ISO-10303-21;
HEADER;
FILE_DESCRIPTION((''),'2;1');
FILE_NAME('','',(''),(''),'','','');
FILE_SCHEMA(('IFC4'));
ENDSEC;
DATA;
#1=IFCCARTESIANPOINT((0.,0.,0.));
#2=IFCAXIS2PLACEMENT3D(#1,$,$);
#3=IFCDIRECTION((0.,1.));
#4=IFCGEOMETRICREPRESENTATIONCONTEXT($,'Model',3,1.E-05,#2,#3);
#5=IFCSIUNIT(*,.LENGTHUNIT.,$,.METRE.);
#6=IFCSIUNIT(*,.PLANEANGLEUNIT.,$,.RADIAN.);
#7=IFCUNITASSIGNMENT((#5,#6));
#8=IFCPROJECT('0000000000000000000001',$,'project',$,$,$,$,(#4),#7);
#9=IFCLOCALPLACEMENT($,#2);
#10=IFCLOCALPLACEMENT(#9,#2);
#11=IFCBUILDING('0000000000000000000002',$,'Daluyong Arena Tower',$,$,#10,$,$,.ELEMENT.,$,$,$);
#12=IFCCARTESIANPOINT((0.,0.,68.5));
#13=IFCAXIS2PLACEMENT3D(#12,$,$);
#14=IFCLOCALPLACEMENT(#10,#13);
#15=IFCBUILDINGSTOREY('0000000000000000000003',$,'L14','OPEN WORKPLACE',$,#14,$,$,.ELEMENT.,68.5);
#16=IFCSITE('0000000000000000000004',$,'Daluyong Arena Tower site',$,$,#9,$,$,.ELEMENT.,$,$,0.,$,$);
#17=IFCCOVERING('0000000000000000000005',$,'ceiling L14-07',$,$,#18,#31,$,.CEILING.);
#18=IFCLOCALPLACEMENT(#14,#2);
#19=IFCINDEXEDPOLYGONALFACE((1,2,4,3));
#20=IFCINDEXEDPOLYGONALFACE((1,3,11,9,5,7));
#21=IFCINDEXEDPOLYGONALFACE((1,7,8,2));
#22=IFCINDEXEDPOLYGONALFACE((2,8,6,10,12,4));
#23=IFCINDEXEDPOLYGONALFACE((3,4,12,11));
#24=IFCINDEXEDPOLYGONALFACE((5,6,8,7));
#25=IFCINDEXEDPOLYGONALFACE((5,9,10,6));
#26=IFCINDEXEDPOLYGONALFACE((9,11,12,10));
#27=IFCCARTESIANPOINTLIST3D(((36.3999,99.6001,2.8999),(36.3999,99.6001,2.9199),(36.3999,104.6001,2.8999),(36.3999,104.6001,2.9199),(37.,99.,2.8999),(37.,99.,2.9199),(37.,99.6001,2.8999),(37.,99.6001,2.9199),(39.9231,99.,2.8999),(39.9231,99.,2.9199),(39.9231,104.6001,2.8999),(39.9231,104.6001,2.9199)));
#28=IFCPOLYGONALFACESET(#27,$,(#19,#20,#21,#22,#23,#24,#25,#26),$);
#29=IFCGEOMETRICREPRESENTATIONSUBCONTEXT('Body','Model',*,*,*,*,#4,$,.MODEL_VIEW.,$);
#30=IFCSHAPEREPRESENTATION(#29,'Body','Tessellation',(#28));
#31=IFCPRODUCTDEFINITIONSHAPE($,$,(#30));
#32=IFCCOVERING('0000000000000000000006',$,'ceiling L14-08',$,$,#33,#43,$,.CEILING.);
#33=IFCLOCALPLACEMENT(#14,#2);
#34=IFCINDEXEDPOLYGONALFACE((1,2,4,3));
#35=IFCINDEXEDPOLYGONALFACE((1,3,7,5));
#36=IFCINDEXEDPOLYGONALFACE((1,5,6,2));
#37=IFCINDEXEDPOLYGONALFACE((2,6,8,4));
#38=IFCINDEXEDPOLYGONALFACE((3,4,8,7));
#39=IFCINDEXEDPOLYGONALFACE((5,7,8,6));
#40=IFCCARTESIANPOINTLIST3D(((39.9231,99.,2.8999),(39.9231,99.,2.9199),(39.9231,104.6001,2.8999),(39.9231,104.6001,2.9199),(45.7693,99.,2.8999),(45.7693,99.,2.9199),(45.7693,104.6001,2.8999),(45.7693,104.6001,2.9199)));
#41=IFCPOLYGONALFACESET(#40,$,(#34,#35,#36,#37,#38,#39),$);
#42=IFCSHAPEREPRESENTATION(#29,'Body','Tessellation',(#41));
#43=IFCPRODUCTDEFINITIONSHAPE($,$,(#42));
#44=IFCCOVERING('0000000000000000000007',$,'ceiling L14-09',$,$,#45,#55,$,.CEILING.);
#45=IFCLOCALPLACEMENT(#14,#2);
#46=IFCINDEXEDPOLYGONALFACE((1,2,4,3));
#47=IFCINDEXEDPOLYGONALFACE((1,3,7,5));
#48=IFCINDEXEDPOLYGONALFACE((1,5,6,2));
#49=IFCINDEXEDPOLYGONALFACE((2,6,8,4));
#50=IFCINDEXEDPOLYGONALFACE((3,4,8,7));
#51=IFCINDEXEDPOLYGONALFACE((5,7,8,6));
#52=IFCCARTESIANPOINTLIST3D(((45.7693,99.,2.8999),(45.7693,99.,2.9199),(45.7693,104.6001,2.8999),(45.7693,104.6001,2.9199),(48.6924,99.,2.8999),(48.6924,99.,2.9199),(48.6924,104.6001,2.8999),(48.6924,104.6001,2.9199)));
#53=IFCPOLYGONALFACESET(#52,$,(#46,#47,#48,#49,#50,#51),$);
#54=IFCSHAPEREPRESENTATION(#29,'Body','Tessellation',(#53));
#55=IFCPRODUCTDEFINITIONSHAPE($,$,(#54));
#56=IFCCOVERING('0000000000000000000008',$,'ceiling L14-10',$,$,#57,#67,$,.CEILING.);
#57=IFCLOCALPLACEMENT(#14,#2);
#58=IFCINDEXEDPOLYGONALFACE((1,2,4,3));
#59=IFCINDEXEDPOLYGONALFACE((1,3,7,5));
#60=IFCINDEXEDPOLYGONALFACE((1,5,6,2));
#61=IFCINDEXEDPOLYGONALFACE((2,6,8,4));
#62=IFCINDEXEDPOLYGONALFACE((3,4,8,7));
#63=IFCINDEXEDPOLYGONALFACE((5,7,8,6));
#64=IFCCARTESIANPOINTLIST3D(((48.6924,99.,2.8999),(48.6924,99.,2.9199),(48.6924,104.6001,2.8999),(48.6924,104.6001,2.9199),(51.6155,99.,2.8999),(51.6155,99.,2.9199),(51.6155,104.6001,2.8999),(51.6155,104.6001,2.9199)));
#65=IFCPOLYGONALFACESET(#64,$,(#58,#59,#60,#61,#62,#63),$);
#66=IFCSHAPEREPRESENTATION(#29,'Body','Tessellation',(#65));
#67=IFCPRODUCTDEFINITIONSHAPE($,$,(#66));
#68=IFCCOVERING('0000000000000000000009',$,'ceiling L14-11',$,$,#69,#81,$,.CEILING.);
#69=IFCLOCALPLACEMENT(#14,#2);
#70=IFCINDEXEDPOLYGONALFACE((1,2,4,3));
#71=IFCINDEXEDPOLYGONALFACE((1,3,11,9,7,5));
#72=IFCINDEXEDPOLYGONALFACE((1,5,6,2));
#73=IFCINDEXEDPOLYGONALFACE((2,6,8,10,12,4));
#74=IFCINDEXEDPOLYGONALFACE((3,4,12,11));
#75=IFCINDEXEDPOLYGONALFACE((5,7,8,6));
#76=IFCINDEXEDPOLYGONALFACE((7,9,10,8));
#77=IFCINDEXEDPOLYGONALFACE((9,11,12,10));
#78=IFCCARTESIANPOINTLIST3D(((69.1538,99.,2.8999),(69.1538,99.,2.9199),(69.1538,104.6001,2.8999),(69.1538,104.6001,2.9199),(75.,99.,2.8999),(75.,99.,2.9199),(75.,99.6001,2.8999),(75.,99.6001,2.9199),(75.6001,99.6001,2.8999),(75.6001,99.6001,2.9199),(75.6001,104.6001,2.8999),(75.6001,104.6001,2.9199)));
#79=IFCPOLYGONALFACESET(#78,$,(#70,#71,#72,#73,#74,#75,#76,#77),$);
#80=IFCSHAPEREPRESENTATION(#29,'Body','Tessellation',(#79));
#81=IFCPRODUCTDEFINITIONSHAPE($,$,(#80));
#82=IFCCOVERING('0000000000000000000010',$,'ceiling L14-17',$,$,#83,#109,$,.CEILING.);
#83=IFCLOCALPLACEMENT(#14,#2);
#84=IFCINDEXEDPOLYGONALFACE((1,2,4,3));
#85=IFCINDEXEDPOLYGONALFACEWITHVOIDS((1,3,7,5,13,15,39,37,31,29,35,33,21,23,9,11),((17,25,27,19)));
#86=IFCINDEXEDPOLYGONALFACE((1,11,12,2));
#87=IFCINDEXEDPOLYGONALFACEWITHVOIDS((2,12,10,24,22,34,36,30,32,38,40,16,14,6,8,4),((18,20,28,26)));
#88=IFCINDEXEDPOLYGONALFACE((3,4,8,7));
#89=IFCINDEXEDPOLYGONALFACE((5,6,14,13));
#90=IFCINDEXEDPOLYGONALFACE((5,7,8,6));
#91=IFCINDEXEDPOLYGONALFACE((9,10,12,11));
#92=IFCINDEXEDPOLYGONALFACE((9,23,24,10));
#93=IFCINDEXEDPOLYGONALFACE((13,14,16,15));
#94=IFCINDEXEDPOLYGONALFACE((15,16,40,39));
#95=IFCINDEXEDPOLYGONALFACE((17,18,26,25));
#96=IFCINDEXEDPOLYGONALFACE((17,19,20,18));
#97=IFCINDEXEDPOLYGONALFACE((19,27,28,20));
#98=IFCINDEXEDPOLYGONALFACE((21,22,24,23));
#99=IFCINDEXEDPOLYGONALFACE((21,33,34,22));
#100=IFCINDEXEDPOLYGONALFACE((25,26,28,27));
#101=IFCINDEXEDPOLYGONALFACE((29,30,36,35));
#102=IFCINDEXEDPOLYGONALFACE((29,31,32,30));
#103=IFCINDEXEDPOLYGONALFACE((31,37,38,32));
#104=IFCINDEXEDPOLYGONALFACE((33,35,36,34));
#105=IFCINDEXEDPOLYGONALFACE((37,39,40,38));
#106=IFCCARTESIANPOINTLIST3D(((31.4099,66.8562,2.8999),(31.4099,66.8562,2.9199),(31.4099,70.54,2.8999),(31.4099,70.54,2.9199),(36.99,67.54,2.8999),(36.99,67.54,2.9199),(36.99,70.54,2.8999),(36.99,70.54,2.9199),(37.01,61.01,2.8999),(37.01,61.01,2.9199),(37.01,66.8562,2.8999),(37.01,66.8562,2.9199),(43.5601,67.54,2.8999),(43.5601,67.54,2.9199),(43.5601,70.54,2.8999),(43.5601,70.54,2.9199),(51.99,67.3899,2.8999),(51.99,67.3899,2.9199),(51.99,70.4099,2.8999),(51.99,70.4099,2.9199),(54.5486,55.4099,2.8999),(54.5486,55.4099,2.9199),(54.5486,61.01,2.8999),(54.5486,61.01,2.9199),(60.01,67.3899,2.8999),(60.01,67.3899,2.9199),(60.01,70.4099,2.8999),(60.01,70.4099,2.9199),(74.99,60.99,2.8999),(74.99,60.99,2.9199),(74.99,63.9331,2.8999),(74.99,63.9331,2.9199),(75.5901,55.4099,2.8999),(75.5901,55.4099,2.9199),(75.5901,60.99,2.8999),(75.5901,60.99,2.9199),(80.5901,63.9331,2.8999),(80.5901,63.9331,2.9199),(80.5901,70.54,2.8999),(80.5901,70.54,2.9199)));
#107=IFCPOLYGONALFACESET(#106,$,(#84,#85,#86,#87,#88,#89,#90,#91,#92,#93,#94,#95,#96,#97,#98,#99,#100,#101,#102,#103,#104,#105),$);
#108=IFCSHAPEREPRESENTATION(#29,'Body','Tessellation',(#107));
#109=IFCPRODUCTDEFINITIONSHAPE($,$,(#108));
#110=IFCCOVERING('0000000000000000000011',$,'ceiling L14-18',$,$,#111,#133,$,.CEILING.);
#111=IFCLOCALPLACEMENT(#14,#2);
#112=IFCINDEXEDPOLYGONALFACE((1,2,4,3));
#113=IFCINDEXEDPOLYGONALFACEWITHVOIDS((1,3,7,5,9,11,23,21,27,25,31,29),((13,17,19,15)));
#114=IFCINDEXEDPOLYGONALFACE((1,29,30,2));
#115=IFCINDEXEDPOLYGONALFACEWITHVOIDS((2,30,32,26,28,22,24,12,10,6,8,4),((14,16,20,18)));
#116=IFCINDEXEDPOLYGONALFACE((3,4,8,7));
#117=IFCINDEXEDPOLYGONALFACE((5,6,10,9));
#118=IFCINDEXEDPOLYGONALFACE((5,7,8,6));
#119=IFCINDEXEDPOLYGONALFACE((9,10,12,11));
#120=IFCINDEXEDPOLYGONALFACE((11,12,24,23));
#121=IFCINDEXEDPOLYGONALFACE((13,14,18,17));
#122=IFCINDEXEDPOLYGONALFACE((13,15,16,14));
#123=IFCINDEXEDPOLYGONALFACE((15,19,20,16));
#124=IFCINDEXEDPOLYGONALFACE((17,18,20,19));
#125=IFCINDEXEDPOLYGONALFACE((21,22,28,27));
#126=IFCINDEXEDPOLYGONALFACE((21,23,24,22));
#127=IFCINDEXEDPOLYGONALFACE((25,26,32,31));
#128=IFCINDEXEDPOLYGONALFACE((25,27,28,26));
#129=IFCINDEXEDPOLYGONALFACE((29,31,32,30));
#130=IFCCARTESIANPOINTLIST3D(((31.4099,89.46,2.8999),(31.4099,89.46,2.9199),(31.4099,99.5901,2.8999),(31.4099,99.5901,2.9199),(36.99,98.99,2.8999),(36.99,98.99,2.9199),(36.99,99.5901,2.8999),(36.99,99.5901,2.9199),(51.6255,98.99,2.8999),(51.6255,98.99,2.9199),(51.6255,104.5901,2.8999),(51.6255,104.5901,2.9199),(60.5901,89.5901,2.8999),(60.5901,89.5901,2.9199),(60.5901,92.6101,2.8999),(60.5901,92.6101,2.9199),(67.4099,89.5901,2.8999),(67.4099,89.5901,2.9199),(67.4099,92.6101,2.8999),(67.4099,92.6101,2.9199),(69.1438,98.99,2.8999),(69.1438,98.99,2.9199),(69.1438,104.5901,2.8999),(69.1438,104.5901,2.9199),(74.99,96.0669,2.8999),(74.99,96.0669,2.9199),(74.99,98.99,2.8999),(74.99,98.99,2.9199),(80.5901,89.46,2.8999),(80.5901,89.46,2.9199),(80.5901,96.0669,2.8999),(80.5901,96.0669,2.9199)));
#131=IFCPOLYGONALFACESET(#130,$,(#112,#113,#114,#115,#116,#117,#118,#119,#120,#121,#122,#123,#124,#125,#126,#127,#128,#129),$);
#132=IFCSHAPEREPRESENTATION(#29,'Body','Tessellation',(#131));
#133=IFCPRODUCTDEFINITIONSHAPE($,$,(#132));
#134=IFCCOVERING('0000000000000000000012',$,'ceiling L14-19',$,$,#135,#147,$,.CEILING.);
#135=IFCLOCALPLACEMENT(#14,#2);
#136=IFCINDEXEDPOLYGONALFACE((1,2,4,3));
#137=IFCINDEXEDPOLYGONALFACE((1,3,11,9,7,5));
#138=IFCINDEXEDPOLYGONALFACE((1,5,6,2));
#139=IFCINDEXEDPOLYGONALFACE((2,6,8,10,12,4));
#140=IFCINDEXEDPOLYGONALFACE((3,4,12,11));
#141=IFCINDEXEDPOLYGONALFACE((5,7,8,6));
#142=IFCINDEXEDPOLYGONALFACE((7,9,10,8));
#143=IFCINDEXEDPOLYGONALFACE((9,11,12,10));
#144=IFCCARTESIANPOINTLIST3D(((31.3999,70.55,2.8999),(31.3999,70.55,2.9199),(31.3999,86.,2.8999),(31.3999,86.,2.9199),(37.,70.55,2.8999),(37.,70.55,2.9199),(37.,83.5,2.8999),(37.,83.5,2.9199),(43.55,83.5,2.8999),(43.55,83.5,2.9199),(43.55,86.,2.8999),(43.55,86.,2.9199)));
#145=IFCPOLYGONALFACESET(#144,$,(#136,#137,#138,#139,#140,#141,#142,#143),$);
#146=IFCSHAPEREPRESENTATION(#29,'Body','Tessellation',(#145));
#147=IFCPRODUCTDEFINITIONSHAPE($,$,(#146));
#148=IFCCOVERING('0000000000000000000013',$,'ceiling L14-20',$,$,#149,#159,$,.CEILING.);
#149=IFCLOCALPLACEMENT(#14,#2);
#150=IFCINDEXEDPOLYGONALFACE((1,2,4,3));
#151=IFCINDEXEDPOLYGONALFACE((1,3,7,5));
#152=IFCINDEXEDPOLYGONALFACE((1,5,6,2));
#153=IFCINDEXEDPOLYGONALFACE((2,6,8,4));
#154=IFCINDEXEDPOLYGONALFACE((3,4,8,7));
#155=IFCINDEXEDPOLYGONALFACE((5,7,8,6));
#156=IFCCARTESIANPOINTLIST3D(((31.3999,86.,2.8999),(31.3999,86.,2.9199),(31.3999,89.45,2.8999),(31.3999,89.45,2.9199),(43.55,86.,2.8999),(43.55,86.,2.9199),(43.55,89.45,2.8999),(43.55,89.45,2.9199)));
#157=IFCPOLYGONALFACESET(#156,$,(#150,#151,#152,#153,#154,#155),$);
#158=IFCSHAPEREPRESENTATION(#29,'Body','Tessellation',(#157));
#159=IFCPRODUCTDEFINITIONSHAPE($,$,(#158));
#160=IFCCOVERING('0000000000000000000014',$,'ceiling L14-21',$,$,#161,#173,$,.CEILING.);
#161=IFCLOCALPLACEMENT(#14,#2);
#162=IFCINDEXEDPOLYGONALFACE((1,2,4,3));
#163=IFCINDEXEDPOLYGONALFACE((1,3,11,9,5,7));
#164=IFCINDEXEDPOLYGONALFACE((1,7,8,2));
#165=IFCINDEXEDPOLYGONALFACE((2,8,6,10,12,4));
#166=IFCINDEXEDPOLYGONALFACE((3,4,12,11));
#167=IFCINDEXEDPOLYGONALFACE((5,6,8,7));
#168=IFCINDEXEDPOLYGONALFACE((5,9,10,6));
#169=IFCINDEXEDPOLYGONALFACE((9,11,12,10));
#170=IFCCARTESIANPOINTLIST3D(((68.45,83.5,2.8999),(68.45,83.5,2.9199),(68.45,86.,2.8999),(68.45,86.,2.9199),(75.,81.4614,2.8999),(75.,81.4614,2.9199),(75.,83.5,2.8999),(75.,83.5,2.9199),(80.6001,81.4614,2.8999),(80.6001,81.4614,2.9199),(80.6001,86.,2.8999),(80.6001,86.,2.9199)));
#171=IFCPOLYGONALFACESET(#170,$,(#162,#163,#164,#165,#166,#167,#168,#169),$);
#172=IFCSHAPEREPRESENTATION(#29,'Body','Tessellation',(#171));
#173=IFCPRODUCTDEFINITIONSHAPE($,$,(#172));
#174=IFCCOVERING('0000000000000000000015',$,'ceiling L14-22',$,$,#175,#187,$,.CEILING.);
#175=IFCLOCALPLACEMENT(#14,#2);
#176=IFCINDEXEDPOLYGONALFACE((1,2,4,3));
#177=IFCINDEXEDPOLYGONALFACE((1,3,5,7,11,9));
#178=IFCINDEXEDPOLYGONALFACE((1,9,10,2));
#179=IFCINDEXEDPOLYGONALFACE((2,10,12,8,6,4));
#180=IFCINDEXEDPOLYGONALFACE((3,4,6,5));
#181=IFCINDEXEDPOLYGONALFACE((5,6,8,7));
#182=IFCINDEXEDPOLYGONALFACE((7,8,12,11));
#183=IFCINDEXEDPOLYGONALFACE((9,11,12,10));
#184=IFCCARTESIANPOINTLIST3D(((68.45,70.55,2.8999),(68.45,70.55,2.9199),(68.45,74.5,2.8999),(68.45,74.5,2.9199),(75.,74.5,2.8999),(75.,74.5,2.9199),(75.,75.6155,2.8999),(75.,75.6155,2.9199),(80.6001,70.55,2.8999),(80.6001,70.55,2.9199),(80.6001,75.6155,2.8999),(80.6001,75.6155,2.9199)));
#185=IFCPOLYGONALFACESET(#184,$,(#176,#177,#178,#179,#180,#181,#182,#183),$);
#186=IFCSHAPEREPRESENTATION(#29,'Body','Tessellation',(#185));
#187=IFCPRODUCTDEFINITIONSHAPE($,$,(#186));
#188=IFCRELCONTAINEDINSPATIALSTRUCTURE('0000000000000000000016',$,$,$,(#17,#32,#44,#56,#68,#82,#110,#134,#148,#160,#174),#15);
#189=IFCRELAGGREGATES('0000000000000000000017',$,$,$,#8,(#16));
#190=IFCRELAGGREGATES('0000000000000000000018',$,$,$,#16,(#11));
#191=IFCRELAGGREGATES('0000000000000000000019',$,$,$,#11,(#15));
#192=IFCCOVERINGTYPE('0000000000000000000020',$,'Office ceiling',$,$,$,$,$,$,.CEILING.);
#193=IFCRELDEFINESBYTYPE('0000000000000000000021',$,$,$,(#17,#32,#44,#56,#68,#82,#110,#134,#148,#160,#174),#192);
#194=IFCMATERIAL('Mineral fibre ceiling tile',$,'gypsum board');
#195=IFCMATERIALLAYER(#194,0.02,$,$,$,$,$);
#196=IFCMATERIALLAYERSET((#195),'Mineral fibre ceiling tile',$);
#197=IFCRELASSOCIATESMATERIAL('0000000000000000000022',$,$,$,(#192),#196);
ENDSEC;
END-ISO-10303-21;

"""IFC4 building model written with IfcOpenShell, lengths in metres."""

from ifc_helpers import new_model, si_unit, direction, frame, origin, place, context, subcontext, project, spatial, polyline, outline, extrude, material, layer, layer_set, type_object, element, save


model = new_model("IFC4")

# Units and contexts
model_context = context("Model", 3, precision=1e-05, world=origin(), true_north=direction((0.0, 1.0)))
body_context = subcontext(model_context, "Body", "Model", "MODEL_VIEW")
ifc_project = project(units=[si_unit("LENGTHUNIT", "METRE"), si_unit("PLANEANGLEUNIT", "RADIAN")], contexts=[model_context])

# Site, building, storey
site_placement = place(None, origin())
site = spatial("IfcSite", under=ifc_project, at=site_placement, Name="Daluyong Arena Tower site", CompositionType="ELEMENT", RefElevation=0.0)
building_placement = place(site_placement, origin())
building = spatial("IfcBuilding", under=site, at=building_placement, Name="Daluyong Arena Tower", CompositionType="ELEMENT")
storey_placement = place(building_placement, frame((0.0, 0.0, 68.5)))
storey = spatial("IfcBuildingStorey", under=building, at=storey_placement, Name="L14", Description="OPEN WORKPLACE", CompositionType="ELEMENT", Elevation=68.5)

# Coverings
ifc_material_1 = material(Name="Mineral fibre ceiling tile", Category="gypsum board")
ifc_layer_1 = layer(ifc_material_1, 0.02)
ifc_layer_set_1 = layer_set([ifc_layer_1], Name="Mineral fibre ceiling tile")
covering_type = type_object("IfcCoveringType", Name="Office ceiling", PredefinedType="CEILING", material=ifc_layer_set_1)
covering_1_placement = place(storey_placement, frame((0.0, 0.0, 2.8999)))
element("IfcCovering", 1, at=covering_1_placement, inside=storey, type_object=covering_type, Name="ceiling L14-07", PredefinedType="CEILING", context=body_context, shape_type="SweptSolid", body=[
    extrude(outline(polyline([(39.9231, 99.0), (39.9231, 104.6001), (36.3999, 104.6001), (36.3999, 99.6001), (37.0, 99.6001), (37.0, 99.0), (39.9231, 99.0)])), origin(), (0.0, 0.0, 1.0), 0.02),
])
covering_2_placement = place(storey_placement, frame((0.0, 0.0, 2.8999)))
element("IfcCovering", 2, at=covering_2_placement, inside=storey, type_object=covering_type, Name="ceiling L14-08", PredefinedType="CEILING", context=body_context, shape_type="SweptSolid", body=[
    extrude(outline(polyline([(45.7693, 99.0), (45.7693, 104.6001), (39.9231, 104.6001), (39.9231, 99.0), (45.7693, 99.0)])), origin(), (0.0, 0.0, 1.0), 0.02),
])
covering_3_placement = place(storey_placement, frame((0.0, 0.0, 2.8999)))
element("IfcCovering", 3, at=covering_3_placement, inside=storey, type_object=covering_type, Name="ceiling L14-09", PredefinedType="CEILING", context=body_context, shape_type="SweptSolid", body=[
    extrude(outline(polyline([(48.6924, 99.0), (48.6924, 104.6001), (45.7693, 104.6001), (45.7693, 99.0), (48.6924, 99.0)])), origin(), (0.0, 0.0, 1.0), 0.02),
])
covering_4_placement = place(storey_placement, frame((0.0, 0.0, 2.8999)))
element("IfcCovering", 4, at=covering_4_placement, inside=storey, type_object=covering_type, Name="ceiling L14-10", PredefinedType="CEILING", context=body_context, shape_type="SweptSolid", body=[
    extrude(outline(polyline([(51.6155, 99.0), (51.6155, 104.6001), (48.6924, 104.6001), (48.6924, 99.0), (51.6155, 99.0)])), origin(), (0.0, 0.0, 1.0), 0.02),
])
covering_5_placement = place(storey_placement, frame((0.0, 0.0, 2.8999)))
element("IfcCovering", 5, at=covering_5_placement, inside=storey, type_object=covering_type, Name="ceiling L14-11", PredefinedType="CEILING", context=body_context, shape_type="SweptSolid", body=[
    extrude(outline(polyline([(69.1538, 99.0), (75.0, 99.0), (75.0, 99.6001), (75.6001, 99.6001), (75.6001, 104.6001), (69.1538, 104.6001), (69.1538, 99.0)])), origin(), (0.0, 0.0, 1.0), 0.02),
])
covering_6_placement = place(storey_placement, frame((0.0, 0.0, 2.8999)))
element("IfcCovering", 6, at=covering_6_placement, inside=storey, type_object=covering_type, Name="ceiling L14-17", PredefinedType="CEILING", context=body_context, shape_type="SweptSolid", body=[
    extrude(outline(polyline([(37.01, 61.01), (54.5486, 61.01), (54.5486, 55.4099), (75.5901, 55.4099), (75.5901, 60.99), (74.99, 60.99), (74.99, 63.9331), (80.5901, 63.9331), (80.5901, 70.54), (43.5601, 70.54), (43.5601, 67.54), (36.99, 67.54), (36.99, 70.54), (31.4099, 70.54), (31.4099, 66.8562), (37.01, 66.8562), (37.01, 61.01)]), holes=[polyline([(60.01, 67.3899), (51.99, 67.3899), (51.99, 70.4099), (60.01, 70.4099), (60.01, 67.3899)])]), origin(), (0.0, 0.0, 1.0), 0.02),
])
covering_7_placement = place(storey_placement, frame((0.0, 0.0, 2.8999)))
element("IfcCovering", 7, at=covering_7_placement, inside=storey, type_object=covering_type, Name="ceiling L14-18", PredefinedType="CEILING", context=body_context, shape_type="SweptSolid", body=[
    extrude(outline(polyline([(51.6255, 98.99), (36.99, 98.99), (36.99, 99.5901), (31.4099, 99.5901), (31.4099, 89.46), (80.5901, 89.46), (80.5901, 96.0669), (74.99, 96.0669), (74.99, 98.99), (69.1438, 98.99), (69.1438, 104.5901), (51.6255, 104.5901), (51.6255, 98.99)]), holes=[polyline([(67.4099, 89.5901), (60.5901, 89.5901), (60.5901, 92.6101), (67.4099, 92.6101), (67.4099, 89.5901)])]), origin(), (0.0, 0.0, 1.0), 0.02),
])
covering_8_placement = place(storey_placement, frame((0.0, 0.0, 2.8999)))
element("IfcCovering", 8, at=covering_8_placement, inside=storey, type_object=covering_type, Name="ceiling L14-19", PredefinedType="CEILING", context=body_context, shape_type="SweptSolid", body=[
    extrude(outline(polyline([(43.55, 83.5), (43.55, 86.0), (31.3999, 86.0), (31.3999, 70.55), (37.0, 70.55), (37.0, 83.5), (43.55, 83.5)])), origin(), (0.0, 0.0, 1.0), 0.02),
])
covering_9_placement = place(storey_placement, frame((0.0, 0.0, 2.8999)))
element("IfcCovering", 9, at=covering_9_placement, inside=storey, type_object=covering_type, Name="ceiling L14-20", PredefinedType="CEILING", context=body_context, shape_type="SweptSolid", body=[
    extrude(outline(polyline([(43.55, 86.0), (43.55, 89.45), (31.3999, 89.45), (31.3999, 86.0), (43.55, 86.0)])), origin(), (0.0, 0.0, 1.0), 0.02),
])
covering_10_placement = place(storey_placement, frame((0.0, 0.0, 2.8999)))
element("IfcCovering", 10, at=covering_10_placement, inside=storey, type_object=covering_type, Name="ceiling L14-21", PredefinedType="CEILING", context=body_context, shape_type="SweptSolid", body=[
    extrude(outline(polyline([(80.6001, 81.4614), (80.6001, 86.0), (68.45, 86.0), (68.45, 83.5), (75.0, 83.5), (75.0, 81.4614), (80.6001, 81.4614)])), origin(), (0.0, 0.0, 1.0), 0.02),
])
covering_11_placement = place(storey_placement, frame((0.0, 0.0, 2.8999)))
element("IfcCovering", 11, at=covering_11_placement, inside=storey, type_object=covering_type, Name="ceiling L14-22", PredefinedType="CEILING", context=body_context, shape_type="SweptSolid", body=[
    extrude(outline(polyline([(68.45, 74.5), (68.45, 70.55), (80.6001, 70.55), (80.6001, 75.6155), (75.0, 75.6155), (75.0, 74.5), (68.45, 74.5)])), origin(), (0.0, 0.0, 1.0), 0.02),
])

save(model, "model.ifc")
